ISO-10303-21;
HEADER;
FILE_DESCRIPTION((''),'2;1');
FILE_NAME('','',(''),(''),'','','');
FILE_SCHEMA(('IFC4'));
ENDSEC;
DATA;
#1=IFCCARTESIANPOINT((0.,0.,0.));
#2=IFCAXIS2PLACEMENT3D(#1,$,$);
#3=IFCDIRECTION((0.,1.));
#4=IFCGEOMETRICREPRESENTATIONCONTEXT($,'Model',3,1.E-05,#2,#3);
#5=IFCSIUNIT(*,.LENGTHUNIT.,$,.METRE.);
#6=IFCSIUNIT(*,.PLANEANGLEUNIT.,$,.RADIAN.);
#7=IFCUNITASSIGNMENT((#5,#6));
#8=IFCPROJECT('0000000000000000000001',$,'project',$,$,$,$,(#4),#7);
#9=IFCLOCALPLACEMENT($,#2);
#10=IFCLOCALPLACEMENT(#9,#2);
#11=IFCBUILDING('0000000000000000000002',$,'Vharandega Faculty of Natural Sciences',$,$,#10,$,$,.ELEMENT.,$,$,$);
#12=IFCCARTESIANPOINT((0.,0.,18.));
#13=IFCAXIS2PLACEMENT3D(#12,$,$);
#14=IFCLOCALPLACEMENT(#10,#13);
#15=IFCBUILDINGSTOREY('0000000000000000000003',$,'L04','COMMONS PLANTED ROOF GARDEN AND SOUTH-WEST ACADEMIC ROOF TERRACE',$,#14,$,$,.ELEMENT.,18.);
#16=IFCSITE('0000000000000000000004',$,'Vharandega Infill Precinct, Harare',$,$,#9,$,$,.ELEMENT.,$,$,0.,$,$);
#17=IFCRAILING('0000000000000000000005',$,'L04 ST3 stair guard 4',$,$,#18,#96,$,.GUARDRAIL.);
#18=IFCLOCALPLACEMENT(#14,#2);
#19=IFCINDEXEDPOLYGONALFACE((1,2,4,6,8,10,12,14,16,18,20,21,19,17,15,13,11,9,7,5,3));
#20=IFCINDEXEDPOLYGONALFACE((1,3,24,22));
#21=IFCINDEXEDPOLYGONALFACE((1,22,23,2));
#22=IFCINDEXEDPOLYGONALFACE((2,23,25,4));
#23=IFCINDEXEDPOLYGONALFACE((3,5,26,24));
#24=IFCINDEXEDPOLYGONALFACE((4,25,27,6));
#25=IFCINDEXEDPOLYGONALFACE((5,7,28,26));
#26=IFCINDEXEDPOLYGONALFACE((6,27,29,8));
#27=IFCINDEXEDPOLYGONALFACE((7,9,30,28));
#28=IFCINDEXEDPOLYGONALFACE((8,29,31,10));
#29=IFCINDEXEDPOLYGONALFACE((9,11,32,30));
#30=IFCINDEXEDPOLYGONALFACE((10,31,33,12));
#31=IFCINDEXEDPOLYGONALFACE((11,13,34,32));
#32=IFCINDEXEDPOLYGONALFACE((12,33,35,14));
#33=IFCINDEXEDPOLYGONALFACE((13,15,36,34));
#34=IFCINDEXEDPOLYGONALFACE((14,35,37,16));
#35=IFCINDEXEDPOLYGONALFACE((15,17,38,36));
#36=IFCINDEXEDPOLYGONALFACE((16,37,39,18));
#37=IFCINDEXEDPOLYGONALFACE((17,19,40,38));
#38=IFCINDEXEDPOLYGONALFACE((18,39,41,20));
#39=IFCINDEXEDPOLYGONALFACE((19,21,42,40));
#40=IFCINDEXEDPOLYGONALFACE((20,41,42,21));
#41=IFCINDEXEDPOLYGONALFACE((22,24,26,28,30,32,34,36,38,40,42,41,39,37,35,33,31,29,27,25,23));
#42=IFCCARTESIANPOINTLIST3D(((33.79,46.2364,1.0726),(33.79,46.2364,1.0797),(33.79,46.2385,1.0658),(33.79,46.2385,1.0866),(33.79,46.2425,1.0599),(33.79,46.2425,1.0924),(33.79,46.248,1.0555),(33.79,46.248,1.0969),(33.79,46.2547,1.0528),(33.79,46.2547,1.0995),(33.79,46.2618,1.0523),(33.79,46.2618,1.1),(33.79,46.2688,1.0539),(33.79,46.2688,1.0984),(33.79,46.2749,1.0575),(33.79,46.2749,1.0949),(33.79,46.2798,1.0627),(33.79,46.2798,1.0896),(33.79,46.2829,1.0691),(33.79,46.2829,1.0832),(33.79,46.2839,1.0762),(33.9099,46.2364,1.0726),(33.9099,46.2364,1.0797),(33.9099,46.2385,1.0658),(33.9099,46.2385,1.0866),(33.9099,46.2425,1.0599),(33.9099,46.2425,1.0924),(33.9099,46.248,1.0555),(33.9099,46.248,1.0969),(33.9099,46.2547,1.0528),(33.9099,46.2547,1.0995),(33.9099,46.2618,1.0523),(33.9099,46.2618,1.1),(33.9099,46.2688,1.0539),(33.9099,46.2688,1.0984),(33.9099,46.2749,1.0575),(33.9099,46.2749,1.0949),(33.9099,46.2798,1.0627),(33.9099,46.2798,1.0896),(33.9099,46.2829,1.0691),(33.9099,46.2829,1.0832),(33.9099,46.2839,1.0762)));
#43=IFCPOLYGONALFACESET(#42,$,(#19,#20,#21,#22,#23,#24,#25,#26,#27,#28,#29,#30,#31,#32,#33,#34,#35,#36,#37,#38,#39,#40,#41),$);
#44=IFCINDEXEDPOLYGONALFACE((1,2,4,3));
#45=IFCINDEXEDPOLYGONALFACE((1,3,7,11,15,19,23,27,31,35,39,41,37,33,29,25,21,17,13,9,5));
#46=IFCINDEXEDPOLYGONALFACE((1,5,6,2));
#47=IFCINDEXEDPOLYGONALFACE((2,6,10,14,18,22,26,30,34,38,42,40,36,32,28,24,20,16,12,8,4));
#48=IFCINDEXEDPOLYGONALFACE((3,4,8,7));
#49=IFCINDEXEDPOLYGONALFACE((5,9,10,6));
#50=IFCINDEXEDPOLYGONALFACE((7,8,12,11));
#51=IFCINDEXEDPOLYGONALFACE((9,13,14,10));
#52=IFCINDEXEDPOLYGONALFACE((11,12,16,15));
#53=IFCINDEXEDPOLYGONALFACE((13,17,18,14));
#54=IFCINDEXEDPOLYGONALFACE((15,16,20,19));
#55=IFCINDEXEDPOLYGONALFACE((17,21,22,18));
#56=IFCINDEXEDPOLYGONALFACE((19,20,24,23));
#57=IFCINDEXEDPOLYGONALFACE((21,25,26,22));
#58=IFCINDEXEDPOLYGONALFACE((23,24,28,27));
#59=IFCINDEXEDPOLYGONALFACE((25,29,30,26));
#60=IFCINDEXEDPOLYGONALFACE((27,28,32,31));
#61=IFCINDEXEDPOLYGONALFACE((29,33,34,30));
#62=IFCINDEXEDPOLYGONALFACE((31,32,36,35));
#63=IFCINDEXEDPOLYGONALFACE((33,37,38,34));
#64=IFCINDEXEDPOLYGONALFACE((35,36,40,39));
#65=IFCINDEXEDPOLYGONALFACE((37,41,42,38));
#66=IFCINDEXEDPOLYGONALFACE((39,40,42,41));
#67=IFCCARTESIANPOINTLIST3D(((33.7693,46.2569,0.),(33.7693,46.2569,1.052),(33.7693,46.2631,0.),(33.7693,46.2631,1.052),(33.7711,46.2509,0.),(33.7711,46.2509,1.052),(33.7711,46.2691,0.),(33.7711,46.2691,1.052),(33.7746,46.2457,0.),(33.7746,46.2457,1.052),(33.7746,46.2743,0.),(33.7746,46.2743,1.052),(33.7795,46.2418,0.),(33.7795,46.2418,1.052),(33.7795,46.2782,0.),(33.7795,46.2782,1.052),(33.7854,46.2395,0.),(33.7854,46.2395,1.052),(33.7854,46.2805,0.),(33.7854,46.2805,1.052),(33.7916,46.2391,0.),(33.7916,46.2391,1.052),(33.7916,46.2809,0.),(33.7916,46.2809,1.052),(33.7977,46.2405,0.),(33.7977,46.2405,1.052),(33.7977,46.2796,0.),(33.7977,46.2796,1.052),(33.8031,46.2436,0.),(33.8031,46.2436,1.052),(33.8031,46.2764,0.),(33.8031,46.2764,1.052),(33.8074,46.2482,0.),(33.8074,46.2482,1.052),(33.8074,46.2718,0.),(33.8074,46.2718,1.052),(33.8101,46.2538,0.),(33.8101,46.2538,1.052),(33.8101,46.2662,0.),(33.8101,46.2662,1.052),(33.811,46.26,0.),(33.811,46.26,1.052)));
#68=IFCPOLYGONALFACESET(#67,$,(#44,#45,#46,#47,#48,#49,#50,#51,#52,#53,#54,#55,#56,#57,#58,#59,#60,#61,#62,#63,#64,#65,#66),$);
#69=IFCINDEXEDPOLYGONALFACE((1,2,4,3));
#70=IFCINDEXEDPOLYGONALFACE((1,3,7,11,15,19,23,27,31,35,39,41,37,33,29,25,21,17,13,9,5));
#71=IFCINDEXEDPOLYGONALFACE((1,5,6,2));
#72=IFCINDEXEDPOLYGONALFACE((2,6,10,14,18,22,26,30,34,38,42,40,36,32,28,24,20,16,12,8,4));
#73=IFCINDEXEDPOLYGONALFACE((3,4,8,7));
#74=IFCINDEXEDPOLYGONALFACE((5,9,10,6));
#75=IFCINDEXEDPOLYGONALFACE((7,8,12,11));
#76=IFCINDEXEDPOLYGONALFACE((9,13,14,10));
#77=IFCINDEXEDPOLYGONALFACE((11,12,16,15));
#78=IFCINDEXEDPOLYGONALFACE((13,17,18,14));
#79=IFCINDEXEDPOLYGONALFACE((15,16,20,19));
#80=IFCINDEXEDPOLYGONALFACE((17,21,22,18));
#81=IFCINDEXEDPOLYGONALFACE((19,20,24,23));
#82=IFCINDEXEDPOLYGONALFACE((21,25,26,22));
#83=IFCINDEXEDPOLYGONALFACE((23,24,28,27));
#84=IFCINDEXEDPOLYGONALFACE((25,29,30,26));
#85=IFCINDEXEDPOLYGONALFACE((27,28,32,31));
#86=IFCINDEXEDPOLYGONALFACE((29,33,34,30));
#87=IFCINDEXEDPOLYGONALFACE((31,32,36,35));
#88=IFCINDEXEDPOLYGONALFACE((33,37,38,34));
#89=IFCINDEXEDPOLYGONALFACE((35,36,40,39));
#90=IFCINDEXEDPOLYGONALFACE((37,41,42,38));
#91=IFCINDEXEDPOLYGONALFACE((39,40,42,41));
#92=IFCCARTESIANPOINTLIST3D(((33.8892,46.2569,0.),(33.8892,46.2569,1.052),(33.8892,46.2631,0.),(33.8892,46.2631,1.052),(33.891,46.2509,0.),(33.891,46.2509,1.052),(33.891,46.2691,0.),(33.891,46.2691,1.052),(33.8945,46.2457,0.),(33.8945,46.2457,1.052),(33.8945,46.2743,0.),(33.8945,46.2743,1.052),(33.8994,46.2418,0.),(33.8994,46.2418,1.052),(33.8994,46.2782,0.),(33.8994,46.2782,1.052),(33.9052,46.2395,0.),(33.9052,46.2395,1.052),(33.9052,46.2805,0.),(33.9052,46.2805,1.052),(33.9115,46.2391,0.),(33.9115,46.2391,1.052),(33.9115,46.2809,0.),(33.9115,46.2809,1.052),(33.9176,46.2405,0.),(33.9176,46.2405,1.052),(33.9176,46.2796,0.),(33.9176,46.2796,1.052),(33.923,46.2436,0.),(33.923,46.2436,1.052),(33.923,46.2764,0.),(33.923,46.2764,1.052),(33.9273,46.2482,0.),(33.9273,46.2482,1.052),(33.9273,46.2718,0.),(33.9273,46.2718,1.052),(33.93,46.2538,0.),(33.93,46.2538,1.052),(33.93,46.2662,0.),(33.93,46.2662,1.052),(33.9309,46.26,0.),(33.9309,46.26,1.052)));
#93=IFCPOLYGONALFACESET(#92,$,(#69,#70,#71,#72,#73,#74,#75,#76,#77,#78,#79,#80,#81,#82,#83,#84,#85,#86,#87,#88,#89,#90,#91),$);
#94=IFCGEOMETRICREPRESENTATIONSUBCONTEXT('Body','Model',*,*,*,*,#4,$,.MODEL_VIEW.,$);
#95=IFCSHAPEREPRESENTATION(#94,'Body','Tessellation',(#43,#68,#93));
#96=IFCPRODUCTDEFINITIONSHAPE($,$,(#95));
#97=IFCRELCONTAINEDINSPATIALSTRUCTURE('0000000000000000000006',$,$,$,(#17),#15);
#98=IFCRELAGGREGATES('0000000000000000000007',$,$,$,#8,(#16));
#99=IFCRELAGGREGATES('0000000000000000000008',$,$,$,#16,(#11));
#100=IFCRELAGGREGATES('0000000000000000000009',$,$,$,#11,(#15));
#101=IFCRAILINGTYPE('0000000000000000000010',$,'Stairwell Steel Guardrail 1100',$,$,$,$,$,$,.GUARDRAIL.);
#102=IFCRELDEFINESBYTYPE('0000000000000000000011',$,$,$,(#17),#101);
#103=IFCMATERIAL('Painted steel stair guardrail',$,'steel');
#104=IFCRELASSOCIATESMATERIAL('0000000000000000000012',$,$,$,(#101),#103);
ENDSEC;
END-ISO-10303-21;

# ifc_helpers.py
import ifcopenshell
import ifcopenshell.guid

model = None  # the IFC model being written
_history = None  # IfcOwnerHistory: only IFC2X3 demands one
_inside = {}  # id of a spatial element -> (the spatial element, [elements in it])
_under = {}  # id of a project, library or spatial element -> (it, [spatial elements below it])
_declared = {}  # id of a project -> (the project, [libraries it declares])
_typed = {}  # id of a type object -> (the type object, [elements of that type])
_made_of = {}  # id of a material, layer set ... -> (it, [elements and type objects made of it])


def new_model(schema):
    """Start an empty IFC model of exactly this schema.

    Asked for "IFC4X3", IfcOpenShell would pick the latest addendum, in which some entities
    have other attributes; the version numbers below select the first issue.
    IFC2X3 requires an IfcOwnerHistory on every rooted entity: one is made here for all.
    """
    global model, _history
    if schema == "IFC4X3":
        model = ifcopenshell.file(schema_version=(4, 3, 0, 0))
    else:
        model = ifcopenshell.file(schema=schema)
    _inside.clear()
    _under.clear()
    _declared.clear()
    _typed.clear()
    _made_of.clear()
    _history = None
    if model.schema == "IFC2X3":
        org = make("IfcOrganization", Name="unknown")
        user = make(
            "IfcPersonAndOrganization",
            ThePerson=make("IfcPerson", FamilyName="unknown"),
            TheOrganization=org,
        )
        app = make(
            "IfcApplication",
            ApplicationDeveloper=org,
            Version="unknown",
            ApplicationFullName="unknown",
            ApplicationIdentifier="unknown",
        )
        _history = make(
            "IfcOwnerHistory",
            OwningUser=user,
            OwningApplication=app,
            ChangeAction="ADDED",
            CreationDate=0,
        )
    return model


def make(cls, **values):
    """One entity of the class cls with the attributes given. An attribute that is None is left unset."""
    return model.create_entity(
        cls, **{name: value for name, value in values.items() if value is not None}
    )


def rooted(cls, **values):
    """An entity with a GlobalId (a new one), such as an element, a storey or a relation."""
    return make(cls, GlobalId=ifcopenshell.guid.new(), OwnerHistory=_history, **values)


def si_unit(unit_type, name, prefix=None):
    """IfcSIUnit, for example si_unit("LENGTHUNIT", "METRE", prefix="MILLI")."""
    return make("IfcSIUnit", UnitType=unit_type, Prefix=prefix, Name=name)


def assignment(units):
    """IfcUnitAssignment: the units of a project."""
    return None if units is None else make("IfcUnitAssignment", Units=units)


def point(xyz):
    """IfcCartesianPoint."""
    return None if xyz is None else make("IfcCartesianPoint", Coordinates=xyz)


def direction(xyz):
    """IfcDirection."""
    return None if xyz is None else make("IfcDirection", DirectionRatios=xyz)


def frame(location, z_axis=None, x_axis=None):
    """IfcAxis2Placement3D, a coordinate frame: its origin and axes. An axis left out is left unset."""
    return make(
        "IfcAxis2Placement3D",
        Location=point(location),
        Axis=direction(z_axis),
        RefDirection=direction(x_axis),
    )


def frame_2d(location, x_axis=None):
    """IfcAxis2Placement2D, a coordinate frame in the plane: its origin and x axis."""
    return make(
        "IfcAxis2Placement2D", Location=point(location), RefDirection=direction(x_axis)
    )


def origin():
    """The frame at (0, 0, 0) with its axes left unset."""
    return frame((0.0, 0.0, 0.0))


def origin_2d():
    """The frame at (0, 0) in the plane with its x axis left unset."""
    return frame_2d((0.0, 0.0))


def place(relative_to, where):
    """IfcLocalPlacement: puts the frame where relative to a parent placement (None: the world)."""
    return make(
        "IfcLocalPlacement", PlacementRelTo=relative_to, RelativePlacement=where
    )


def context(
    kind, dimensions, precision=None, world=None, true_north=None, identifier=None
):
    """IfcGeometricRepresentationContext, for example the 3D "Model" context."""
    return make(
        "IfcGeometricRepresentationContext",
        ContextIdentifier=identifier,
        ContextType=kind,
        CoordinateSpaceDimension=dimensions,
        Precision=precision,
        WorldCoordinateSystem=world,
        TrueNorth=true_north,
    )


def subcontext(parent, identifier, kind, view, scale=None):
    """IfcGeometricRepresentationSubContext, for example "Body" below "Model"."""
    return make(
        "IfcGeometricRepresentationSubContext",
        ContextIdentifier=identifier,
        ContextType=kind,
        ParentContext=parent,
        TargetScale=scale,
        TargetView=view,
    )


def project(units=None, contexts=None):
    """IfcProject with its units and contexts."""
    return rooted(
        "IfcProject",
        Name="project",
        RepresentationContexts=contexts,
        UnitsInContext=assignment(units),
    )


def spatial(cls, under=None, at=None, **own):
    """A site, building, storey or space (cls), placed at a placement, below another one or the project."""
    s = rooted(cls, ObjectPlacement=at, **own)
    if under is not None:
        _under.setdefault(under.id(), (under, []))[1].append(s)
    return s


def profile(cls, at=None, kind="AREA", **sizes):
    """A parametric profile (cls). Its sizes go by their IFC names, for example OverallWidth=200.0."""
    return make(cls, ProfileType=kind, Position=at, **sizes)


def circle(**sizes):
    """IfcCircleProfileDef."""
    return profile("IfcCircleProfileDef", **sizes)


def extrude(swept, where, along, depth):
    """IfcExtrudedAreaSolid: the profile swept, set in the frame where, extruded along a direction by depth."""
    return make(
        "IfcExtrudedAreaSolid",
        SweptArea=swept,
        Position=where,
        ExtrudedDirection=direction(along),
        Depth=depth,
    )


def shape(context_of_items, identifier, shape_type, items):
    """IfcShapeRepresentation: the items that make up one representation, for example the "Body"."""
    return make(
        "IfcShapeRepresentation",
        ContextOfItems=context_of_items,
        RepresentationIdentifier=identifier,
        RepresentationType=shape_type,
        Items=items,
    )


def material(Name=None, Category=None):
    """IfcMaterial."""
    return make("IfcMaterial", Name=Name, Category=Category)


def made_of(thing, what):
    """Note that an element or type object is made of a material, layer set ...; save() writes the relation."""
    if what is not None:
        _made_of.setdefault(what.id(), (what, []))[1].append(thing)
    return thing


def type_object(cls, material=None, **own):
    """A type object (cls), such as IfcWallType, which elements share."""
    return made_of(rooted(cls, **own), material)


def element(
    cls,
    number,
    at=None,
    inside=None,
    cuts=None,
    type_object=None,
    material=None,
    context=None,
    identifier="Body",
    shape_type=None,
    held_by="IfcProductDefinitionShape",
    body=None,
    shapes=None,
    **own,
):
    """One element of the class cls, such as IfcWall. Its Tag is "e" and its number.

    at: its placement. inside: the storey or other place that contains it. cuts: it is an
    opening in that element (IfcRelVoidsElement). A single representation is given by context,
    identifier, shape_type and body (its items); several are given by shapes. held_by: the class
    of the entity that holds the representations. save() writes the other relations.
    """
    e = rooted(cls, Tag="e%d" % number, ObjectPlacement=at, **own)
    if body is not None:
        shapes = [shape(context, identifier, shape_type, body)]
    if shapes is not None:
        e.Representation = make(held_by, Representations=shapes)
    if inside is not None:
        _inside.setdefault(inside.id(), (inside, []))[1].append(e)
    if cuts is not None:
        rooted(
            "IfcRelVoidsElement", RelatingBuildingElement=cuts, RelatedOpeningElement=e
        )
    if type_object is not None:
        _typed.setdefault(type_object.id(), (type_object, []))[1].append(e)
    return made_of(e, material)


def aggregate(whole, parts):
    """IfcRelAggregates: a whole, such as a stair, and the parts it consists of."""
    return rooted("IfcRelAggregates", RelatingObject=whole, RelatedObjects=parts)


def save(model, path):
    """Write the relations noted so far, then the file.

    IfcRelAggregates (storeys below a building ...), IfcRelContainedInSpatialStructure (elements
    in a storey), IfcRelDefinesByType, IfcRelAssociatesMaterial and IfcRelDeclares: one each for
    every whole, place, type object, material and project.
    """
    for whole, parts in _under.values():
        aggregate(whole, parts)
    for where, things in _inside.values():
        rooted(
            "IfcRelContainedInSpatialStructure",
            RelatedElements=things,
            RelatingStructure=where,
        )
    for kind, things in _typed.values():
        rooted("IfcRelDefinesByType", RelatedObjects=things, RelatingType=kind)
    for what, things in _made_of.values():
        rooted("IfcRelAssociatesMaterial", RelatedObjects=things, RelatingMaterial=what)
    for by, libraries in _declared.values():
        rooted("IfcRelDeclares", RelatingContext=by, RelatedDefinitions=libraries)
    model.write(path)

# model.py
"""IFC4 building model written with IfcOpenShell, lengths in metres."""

from ifc_helpers import new_model, si_unit, direction, frame, origin, origin_2d, place, context, subcontext, project, spatial, circle, extrude, material, type_object, element, save


model = new_model("IFC4")

# Units and contexts
model_context = context("Model", 3, precision=1e-05, world=origin(), true_north=direction((0.0, 1.0)))
body_context = subcontext(model_context, "Body", "Model", "MODEL_VIEW")
ifc_project = project(units=[si_unit("LENGTHUNIT", "METRE"), si_unit("PLANEANGLEUNIT", "RADIAN")], contexts=[model_context])

# Site, building, storey
site_placement = place(None, origin())
site = spatial("IfcSite", under=ifc_project, at=site_placement, Name="Vharandega Infill Precinct, Harare", CompositionType="ELEMENT", RefElevation=0.0)
building_placement = place(site_placement, origin())
building = spatial("IfcBuilding", under=site, at=building_placement, Name="Vharandega Faculty of Natural Sciences", CompositionType="ELEMENT")
storey_placement = place(building_placement, frame((0.0, 0.0, 18.0)))
storey = spatial("IfcBuildingStorey", under=building, at=storey_placement, Name="L04", Description="COMMONS PLANTED ROOF GARDEN AND SOUTH-WEST ACADEMIC ROOF TERRACE", CompositionType="ELEMENT", Elevation=18.0)

# Railing
ifc_material_1 = material(Name="Painted steel stair guardrail", Category="steel")
railing_type_1 = type_object("IfcRailingType", Name="Stairwell Steel Guardrail 1100", PredefinedType="GUARDRAIL", material=ifc_material_1)
railing_1_placement = place(storey_placement, frame((33.79, 46.26, 0.0)))
element("IfcRailing", 1, at=railing_1_placement, inside=storey, type_object=railing_type_1, Name="L04 ST3 stair guard 4", PredefinedType="GUARDRAIL", context=body_context, shape_type="SweptSolid", body=[
    extrude(circle(Radius=0.0239, at=origin_2d()), frame((0.0, 0.0, 1.0762), z_axis=(1.0, 0.0, 0.0), x_axis=(0.0, 1.0, 0.0)), (0.0, 0.0, 1.0), 0.1199),
    extrude(circle(Radius=0.021, at=origin_2d()), origin(), (0.0, 0.0, 1.0), 1.052),
    extrude(circle(Radius=0.021, at=origin_2d()), frame((0.1199, 0.0, 0.0)), (0.0, 0.0, 1.0), 1.052),
])

save(model, "model.ifc")
